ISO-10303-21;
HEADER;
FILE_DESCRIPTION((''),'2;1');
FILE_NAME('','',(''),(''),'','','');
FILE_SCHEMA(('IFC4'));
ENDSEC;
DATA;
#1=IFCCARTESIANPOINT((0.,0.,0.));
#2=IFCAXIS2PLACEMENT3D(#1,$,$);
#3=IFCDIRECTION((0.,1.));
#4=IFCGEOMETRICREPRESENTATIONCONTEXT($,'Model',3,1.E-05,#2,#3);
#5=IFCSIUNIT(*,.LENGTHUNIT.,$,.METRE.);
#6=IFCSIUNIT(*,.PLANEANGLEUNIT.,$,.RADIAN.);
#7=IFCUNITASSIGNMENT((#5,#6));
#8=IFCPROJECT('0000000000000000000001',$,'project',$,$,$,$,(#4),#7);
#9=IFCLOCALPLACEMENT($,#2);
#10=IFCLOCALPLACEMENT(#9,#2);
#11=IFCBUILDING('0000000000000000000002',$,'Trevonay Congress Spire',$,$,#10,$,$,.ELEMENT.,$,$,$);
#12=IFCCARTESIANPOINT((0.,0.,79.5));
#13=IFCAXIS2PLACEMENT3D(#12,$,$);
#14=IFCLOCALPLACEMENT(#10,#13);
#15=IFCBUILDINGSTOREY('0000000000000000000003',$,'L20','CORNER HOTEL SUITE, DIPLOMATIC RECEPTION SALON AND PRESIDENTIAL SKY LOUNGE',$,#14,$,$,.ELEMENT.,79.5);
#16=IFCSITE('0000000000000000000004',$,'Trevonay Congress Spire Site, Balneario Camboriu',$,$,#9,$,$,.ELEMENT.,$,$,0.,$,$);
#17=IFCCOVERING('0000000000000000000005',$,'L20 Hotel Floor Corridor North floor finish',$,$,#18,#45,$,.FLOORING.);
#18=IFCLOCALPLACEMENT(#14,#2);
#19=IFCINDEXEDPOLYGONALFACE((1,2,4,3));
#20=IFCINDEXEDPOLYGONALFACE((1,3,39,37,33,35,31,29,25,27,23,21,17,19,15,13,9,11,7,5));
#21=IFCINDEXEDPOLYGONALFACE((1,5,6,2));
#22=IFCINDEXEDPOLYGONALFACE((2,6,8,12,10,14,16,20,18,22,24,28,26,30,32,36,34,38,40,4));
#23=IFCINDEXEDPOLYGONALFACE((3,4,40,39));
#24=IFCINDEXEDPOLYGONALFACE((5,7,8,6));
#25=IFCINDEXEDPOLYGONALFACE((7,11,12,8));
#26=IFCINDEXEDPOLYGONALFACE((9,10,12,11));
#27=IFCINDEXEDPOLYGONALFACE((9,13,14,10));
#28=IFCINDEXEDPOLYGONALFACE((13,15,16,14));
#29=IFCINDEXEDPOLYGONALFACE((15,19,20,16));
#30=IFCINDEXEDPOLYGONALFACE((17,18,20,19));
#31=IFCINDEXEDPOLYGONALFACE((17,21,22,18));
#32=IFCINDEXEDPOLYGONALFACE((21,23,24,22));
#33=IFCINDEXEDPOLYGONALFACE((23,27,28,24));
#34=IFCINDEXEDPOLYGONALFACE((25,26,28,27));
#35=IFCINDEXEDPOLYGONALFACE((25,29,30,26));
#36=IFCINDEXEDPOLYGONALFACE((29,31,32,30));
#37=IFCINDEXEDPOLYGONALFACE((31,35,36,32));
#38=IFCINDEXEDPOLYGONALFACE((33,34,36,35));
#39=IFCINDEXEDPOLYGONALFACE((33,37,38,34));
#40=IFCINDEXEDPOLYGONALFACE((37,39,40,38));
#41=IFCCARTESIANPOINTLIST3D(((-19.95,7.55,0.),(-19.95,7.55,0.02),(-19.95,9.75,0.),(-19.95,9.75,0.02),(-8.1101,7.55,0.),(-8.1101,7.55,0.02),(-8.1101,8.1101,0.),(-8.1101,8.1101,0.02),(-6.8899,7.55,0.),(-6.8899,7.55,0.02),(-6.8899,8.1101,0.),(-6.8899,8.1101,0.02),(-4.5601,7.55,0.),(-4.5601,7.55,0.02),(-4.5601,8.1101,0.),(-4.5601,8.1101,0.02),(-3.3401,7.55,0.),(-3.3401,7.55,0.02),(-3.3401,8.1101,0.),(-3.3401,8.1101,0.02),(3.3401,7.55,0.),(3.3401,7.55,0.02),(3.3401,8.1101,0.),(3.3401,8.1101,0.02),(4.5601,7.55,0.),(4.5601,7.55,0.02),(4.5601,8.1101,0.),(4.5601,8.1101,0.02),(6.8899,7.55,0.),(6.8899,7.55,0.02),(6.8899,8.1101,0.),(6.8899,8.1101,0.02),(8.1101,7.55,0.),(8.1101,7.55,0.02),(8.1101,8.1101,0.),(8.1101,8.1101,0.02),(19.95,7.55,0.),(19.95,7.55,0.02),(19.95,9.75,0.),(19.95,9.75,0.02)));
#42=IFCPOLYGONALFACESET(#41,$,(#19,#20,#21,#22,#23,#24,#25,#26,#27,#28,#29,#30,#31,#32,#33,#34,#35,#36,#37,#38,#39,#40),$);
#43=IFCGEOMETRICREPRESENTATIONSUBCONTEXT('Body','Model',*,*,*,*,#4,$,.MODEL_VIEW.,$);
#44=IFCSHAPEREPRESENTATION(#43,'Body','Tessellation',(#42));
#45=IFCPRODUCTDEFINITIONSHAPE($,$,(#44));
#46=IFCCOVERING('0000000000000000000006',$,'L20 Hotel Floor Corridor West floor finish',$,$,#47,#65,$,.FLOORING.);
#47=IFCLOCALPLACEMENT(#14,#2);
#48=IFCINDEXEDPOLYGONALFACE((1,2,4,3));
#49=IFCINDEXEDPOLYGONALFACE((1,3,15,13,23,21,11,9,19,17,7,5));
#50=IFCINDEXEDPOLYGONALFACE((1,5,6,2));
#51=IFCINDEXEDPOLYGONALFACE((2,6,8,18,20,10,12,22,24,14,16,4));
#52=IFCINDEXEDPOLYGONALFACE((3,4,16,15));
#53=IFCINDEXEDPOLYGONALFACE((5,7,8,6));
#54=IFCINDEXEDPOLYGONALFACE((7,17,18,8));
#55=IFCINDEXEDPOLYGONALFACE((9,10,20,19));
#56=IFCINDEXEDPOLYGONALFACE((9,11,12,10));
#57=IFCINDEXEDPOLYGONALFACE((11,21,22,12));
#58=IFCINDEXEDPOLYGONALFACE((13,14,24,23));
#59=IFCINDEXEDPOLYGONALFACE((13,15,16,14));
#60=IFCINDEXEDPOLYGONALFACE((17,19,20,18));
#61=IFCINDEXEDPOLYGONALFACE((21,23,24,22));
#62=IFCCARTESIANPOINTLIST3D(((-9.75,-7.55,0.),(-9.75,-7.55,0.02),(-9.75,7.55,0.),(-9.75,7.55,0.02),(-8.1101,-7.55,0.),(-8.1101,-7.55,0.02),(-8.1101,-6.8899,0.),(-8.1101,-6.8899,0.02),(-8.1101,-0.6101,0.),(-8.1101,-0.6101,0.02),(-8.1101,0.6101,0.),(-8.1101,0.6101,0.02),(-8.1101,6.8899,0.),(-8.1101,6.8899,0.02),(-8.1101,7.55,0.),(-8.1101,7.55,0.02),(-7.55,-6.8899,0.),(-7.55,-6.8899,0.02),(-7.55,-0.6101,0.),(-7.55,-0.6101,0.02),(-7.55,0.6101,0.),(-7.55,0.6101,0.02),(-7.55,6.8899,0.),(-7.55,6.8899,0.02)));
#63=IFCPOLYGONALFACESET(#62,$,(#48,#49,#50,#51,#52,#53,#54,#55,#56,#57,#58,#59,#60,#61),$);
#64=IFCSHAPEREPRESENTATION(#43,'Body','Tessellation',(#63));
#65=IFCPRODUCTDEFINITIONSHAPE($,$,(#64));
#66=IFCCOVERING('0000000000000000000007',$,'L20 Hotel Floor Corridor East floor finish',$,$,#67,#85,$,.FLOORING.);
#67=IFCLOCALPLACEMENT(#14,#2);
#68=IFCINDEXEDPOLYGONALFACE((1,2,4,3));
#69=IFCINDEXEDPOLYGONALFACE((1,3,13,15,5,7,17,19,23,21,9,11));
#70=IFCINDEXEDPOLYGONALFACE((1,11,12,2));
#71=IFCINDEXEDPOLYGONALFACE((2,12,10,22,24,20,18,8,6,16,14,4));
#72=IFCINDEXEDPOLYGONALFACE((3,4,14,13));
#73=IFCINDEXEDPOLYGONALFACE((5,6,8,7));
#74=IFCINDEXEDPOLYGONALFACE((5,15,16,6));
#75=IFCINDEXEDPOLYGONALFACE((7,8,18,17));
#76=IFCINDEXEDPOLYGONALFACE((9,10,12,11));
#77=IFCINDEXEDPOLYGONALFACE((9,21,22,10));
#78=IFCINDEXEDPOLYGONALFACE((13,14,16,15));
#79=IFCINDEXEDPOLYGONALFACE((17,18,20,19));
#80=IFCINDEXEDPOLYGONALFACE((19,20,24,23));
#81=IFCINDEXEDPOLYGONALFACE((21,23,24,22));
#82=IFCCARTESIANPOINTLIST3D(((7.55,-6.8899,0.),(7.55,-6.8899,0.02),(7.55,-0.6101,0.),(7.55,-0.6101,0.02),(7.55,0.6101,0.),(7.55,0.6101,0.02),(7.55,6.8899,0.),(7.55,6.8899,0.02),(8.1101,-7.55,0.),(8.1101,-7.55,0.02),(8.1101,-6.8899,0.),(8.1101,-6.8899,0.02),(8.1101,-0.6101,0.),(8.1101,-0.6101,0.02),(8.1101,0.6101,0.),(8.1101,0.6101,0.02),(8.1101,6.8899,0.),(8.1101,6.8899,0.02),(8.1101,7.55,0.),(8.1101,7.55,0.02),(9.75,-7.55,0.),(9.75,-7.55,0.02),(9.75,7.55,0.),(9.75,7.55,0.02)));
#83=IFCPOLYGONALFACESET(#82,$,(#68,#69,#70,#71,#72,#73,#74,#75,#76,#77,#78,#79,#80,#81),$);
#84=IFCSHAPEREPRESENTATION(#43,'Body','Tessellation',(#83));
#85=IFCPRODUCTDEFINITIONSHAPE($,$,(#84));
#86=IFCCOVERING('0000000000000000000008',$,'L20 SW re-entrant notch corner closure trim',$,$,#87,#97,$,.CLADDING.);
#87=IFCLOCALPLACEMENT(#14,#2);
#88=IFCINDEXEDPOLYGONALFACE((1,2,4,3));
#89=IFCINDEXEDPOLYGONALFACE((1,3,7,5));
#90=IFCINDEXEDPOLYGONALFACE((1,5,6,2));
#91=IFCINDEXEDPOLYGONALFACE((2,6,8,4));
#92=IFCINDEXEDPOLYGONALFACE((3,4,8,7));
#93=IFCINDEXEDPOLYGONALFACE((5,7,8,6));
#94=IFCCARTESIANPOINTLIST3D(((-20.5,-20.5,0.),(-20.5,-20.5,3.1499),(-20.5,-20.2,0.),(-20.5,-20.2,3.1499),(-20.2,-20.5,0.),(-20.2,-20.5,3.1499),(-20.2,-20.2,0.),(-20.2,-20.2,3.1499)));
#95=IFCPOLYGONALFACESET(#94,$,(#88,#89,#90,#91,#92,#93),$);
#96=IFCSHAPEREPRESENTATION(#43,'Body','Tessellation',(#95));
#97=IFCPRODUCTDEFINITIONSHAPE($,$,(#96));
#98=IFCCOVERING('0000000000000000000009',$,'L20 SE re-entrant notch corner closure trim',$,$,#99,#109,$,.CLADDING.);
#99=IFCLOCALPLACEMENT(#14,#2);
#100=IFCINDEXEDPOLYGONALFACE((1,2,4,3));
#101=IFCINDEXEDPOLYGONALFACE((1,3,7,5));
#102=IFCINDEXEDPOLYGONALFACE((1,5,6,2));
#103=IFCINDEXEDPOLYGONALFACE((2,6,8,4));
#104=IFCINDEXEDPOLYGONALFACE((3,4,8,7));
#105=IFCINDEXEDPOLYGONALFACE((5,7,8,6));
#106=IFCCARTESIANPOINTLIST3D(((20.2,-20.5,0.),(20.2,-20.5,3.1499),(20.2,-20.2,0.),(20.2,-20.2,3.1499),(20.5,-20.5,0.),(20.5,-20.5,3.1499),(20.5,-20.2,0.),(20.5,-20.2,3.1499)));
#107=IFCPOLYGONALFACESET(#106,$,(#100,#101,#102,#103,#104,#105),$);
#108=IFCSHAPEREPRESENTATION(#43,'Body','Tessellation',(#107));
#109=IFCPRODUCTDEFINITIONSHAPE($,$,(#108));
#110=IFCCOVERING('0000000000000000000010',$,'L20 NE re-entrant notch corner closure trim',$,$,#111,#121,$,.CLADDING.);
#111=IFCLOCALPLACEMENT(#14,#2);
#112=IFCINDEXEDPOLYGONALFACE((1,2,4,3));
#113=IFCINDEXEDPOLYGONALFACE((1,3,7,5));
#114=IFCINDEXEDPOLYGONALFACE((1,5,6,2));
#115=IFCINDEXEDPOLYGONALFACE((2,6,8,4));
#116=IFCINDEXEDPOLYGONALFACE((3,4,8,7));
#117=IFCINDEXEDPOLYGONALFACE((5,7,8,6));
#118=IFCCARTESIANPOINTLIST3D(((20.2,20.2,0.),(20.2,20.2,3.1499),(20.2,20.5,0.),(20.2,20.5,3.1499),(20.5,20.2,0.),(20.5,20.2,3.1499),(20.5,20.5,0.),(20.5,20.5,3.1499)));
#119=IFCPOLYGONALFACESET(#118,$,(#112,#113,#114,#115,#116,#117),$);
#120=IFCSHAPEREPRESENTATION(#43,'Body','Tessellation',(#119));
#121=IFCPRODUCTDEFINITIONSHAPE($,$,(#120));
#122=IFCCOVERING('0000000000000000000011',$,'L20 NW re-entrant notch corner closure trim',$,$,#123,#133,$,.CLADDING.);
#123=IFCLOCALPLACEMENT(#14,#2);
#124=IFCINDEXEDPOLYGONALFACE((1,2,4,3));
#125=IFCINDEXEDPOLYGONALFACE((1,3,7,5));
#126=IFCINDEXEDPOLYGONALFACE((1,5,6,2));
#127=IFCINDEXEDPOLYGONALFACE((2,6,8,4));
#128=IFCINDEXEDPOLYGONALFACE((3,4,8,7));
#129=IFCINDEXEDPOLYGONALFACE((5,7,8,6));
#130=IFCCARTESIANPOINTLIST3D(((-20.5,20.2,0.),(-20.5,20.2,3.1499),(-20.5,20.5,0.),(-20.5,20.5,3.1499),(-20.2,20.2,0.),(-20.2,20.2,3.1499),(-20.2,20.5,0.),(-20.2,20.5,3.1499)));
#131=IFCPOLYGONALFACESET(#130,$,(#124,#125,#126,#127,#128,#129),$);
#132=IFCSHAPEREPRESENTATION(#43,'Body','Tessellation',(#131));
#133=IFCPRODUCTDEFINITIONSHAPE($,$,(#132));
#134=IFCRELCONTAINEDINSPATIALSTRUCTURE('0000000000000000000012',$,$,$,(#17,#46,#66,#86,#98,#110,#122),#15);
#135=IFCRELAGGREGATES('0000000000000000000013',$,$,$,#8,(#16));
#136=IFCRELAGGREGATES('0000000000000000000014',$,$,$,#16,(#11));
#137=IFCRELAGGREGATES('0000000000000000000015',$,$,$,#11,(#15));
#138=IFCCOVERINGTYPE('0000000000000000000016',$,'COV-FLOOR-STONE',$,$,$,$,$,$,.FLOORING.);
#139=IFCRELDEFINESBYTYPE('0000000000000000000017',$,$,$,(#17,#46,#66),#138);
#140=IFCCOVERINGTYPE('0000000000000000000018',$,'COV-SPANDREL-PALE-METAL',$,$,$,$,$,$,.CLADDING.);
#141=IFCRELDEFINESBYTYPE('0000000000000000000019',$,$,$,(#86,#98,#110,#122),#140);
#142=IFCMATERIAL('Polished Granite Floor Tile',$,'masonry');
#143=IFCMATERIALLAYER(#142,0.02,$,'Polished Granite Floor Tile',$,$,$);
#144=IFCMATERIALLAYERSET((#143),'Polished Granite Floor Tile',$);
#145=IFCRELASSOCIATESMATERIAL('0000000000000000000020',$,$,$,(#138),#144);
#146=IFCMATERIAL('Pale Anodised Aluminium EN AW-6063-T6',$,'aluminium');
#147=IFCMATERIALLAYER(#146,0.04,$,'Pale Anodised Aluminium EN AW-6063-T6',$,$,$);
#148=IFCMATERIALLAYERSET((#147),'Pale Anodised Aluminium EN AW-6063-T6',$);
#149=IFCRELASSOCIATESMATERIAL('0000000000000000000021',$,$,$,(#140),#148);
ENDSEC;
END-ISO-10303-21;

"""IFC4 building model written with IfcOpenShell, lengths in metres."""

from ifc_helpers import new_model, si_unit, direction, frame, origin, place, context, subcontext, project, spatial, polyline, outline, extrude, material, layer, layer_set, type_object, element, save


model = new_model("IFC4")

# Units and contexts
model_context = context("Model", 3, precision=1e-05, world=origin(), true_north=direction((0.0, 1.0)))
body_context = subcontext(model_context, "Body", "Model", "MODEL_VIEW")
ifc_project = project(units=[si_unit("LENGTHUNIT", "METRE"), si_unit("PLANEANGLEUNIT", "RADIAN")], contexts=[model_context])

# Site, building, storey
site_placement = place(None, origin())
site = spatial("IfcSite", under=ifc_project, at=site_placement, Name="Trevonay Congress Spire Site, Balneario Camboriu", CompositionType="ELEMENT", RefElevation=0.0)
building_placement = place(site_placement, origin())
building = spatial("IfcBuilding", under=site, at=building_placement, Name="Trevonay Congress Spire", CompositionType="ELEMENT")
storey_placement = place(building_placement, frame((0.0, 0.0, 79.5)))
storey = spatial("IfcBuildingStorey", under=building, at=storey_placement, Name="L20", Description="CORNER HOTEL SUITE, DIPLOMATIC RECEPTION SALON AND PRESIDENTIAL SKY LOUNGE", CompositionType="ELEMENT", Elevation=79.5)

# Shared definitions
ifc_material_1 = material(Name="Pale Anodised Aluminium EN AW-6063-T6", Category="aluminium")

# Coverings
ifc_material_2 = material(Name="Polished Granite Floor Tile", Category="masonry")
ifc_layer_1 = layer(ifc_material_2, 0.02, Name="Polished Granite Floor Tile")
ifc_layer_set_1 = layer_set([ifc_layer_1], Name="Polished Granite Floor Tile")
covering_type_1 = type_object("IfcCoveringType", Name="COV-FLOOR-STONE", PredefinedType="FLOORING", material=ifc_layer_set_1)
covering_1_placement = place(storey_placement, origin())
element("IfcCovering", 1, at=covering_1_placement, inside=storey, type_object=covering_type_1, Name="L20 Hotel Floor Corridor North floor finish", PredefinedType="FLOORING", context=body_context, shape_type="SweptSolid", body=[
    extrude(outline(polyline([(-19.95, 7.55), (-19.95, 9.75), (19.95, 9.75), (19.95, 7.55), (8.1101, 7.55), (8.1101, 8.1101), (6.8899, 8.1101), (6.8899, 7.55), (4.5601, 7.55), (4.5601, 8.1101), (3.3401, 8.1101), (3.3401, 7.55), (-3.3401, 7.55), (-3.3401, 8.1101), (-4.5601, 8.1101), (-4.5601, 7.55), (-6.8899, 7.55), (-6.8899, 8.1101), (-8.1101, 8.1101), (-8.1101, 7.55), (-19.95, 7.55)])), origin(), (0.0, 0.0, 1.0), 0.02),
])
covering_2_placement = place(storey_placement, origin())
element("IfcCovering", 2, at=covering_2_placement, inside=storey, type_object=covering_type_1, Name="L20 Hotel Floor Corridor West floor finish", PredefinedType="FLOORING", context=body_context, shape_type="SweptSolid", body=[
    extrude(outline(polyline([(-9.75, 7.55), (-8.1101, 7.55), (-8.1101, 6.8899), (-7.55, 6.8899), (-7.55, 0.6101), (-8.1101, 0.6101), (-8.1101, -0.6101), (-7.55, -0.6101), (-7.55, -6.8899), (-8.1101, -6.8899), (-8.1101, -7.55), (-9.75, -7.55), (-9.75, 7.55)])), origin(), (0.0, 0.0, 1.0), 0.02),
])
covering_3_placement = place(storey_placement, origin())
element("IfcCovering", 3, at=covering_3_placement, inside=storey, type_object=covering_type_1, Name="L20 Hotel Floor Corridor East floor finish", PredefinedType="FLOORING", context=body_context, shape_type="SweptSolid", body=[
    extrude(outline(polyline([(9.75, -7.55), (8.1101, -7.55), (8.1101, -6.8899), (7.55, -6.8899), (7.55, -0.6101), (8.1101, -0.6101), (8.1101, 0.6101), (7.55, 0.6101), (7.55, 6.8899), (8.1101, 6.8899), (8.1101, 7.55), (9.75, 7.55), (9.75, -7.55)])), origin(), (0.0, 0.0, 1.0), 0.02),
])
ifc_layer_2 = layer(ifc_material_1, 0.04, Name="Pale Anodised Aluminium EN AW-6063-T6")
ifc_layer_set_2 = layer_set([ifc_layer_2], Name="Pale Anodised Aluminium EN AW-6063-T6")
covering_type_2 = type_object("IfcCoveringType", Name="COV-SPANDREL-PALE-METAL", PredefinedType="CLADDING", material=ifc_layer_set_2)
covering_4_placement = place(storey_placement, origin())
element("IfcCovering", 4, at=covering_4_placement, inside=storey, type_object=covering_type_2, Name="L20 SW re-entrant notch corner closure trim", PredefinedType="CLADDING", context=body_context, shape_type="SweptSolid", body=[
    extrude(outline(polyline([(-20.5, -20.5), (-20.2, -20.5), (-20.2, -20.2), (-20.5, -20.2), (-20.5, -20.5)])), origin(), (0.0, 0.0, 1.0), 3.1499),
])
covering_5_placement = place(storey_placement, origin())
element("IfcCovering", 5, at=covering_5_placement, inside=storey, type_object=covering_type_2, Name="L20 SE re-entrant notch corner closure trim", PredefinedType="CLADDING", context=body_context, shape_type="SweptSolid", body=[
    extrude(outline(polyline([(20.2, -20.5), (20.5, -20.5), (20.5, -20.2), (20.2, -20.2), (20.2, -20.5)])), origin(), (0.0, 0.0, 1.0), 3.1499),
])
covering_6_placement = place(storey_placement, origin())
element("IfcCovering", 6, at=covering_6_placement, inside=storey, type_object=covering_type_2, Name="L20 NE re-entrant notch corner closure trim", PredefinedType="CLADDING", context=body_context, shape_type="SweptSolid", body=[
    extrude(outline(polyline([(20.2, 20.2), (20.5, 20.2), (20.5, 20.5), (20.2, 20.5), (20.2, 20.2)])), origin(), (0.0, 0.0, 1.0), 3.1499),
])
covering_7_placement = place(storey_placement, origin())
element("IfcCovering", 7, at=covering_7_placement, inside=storey, type_object=covering_type_2, Name="L20 NW re-entrant notch corner closure trim", PredefinedType="CLADDING", context=body_context, shape_type="SweptSolid", body=[
    extrude(outline(polyline([(-20.5, 20.2), (-20.2, 20.2), (-20.2, 20.5), (-20.5, 20.5), (-20.5, 20.2)])), origin(), (0.0, 0.0, 1.0), 3.1499),
])

save(model, "model.ifc")
